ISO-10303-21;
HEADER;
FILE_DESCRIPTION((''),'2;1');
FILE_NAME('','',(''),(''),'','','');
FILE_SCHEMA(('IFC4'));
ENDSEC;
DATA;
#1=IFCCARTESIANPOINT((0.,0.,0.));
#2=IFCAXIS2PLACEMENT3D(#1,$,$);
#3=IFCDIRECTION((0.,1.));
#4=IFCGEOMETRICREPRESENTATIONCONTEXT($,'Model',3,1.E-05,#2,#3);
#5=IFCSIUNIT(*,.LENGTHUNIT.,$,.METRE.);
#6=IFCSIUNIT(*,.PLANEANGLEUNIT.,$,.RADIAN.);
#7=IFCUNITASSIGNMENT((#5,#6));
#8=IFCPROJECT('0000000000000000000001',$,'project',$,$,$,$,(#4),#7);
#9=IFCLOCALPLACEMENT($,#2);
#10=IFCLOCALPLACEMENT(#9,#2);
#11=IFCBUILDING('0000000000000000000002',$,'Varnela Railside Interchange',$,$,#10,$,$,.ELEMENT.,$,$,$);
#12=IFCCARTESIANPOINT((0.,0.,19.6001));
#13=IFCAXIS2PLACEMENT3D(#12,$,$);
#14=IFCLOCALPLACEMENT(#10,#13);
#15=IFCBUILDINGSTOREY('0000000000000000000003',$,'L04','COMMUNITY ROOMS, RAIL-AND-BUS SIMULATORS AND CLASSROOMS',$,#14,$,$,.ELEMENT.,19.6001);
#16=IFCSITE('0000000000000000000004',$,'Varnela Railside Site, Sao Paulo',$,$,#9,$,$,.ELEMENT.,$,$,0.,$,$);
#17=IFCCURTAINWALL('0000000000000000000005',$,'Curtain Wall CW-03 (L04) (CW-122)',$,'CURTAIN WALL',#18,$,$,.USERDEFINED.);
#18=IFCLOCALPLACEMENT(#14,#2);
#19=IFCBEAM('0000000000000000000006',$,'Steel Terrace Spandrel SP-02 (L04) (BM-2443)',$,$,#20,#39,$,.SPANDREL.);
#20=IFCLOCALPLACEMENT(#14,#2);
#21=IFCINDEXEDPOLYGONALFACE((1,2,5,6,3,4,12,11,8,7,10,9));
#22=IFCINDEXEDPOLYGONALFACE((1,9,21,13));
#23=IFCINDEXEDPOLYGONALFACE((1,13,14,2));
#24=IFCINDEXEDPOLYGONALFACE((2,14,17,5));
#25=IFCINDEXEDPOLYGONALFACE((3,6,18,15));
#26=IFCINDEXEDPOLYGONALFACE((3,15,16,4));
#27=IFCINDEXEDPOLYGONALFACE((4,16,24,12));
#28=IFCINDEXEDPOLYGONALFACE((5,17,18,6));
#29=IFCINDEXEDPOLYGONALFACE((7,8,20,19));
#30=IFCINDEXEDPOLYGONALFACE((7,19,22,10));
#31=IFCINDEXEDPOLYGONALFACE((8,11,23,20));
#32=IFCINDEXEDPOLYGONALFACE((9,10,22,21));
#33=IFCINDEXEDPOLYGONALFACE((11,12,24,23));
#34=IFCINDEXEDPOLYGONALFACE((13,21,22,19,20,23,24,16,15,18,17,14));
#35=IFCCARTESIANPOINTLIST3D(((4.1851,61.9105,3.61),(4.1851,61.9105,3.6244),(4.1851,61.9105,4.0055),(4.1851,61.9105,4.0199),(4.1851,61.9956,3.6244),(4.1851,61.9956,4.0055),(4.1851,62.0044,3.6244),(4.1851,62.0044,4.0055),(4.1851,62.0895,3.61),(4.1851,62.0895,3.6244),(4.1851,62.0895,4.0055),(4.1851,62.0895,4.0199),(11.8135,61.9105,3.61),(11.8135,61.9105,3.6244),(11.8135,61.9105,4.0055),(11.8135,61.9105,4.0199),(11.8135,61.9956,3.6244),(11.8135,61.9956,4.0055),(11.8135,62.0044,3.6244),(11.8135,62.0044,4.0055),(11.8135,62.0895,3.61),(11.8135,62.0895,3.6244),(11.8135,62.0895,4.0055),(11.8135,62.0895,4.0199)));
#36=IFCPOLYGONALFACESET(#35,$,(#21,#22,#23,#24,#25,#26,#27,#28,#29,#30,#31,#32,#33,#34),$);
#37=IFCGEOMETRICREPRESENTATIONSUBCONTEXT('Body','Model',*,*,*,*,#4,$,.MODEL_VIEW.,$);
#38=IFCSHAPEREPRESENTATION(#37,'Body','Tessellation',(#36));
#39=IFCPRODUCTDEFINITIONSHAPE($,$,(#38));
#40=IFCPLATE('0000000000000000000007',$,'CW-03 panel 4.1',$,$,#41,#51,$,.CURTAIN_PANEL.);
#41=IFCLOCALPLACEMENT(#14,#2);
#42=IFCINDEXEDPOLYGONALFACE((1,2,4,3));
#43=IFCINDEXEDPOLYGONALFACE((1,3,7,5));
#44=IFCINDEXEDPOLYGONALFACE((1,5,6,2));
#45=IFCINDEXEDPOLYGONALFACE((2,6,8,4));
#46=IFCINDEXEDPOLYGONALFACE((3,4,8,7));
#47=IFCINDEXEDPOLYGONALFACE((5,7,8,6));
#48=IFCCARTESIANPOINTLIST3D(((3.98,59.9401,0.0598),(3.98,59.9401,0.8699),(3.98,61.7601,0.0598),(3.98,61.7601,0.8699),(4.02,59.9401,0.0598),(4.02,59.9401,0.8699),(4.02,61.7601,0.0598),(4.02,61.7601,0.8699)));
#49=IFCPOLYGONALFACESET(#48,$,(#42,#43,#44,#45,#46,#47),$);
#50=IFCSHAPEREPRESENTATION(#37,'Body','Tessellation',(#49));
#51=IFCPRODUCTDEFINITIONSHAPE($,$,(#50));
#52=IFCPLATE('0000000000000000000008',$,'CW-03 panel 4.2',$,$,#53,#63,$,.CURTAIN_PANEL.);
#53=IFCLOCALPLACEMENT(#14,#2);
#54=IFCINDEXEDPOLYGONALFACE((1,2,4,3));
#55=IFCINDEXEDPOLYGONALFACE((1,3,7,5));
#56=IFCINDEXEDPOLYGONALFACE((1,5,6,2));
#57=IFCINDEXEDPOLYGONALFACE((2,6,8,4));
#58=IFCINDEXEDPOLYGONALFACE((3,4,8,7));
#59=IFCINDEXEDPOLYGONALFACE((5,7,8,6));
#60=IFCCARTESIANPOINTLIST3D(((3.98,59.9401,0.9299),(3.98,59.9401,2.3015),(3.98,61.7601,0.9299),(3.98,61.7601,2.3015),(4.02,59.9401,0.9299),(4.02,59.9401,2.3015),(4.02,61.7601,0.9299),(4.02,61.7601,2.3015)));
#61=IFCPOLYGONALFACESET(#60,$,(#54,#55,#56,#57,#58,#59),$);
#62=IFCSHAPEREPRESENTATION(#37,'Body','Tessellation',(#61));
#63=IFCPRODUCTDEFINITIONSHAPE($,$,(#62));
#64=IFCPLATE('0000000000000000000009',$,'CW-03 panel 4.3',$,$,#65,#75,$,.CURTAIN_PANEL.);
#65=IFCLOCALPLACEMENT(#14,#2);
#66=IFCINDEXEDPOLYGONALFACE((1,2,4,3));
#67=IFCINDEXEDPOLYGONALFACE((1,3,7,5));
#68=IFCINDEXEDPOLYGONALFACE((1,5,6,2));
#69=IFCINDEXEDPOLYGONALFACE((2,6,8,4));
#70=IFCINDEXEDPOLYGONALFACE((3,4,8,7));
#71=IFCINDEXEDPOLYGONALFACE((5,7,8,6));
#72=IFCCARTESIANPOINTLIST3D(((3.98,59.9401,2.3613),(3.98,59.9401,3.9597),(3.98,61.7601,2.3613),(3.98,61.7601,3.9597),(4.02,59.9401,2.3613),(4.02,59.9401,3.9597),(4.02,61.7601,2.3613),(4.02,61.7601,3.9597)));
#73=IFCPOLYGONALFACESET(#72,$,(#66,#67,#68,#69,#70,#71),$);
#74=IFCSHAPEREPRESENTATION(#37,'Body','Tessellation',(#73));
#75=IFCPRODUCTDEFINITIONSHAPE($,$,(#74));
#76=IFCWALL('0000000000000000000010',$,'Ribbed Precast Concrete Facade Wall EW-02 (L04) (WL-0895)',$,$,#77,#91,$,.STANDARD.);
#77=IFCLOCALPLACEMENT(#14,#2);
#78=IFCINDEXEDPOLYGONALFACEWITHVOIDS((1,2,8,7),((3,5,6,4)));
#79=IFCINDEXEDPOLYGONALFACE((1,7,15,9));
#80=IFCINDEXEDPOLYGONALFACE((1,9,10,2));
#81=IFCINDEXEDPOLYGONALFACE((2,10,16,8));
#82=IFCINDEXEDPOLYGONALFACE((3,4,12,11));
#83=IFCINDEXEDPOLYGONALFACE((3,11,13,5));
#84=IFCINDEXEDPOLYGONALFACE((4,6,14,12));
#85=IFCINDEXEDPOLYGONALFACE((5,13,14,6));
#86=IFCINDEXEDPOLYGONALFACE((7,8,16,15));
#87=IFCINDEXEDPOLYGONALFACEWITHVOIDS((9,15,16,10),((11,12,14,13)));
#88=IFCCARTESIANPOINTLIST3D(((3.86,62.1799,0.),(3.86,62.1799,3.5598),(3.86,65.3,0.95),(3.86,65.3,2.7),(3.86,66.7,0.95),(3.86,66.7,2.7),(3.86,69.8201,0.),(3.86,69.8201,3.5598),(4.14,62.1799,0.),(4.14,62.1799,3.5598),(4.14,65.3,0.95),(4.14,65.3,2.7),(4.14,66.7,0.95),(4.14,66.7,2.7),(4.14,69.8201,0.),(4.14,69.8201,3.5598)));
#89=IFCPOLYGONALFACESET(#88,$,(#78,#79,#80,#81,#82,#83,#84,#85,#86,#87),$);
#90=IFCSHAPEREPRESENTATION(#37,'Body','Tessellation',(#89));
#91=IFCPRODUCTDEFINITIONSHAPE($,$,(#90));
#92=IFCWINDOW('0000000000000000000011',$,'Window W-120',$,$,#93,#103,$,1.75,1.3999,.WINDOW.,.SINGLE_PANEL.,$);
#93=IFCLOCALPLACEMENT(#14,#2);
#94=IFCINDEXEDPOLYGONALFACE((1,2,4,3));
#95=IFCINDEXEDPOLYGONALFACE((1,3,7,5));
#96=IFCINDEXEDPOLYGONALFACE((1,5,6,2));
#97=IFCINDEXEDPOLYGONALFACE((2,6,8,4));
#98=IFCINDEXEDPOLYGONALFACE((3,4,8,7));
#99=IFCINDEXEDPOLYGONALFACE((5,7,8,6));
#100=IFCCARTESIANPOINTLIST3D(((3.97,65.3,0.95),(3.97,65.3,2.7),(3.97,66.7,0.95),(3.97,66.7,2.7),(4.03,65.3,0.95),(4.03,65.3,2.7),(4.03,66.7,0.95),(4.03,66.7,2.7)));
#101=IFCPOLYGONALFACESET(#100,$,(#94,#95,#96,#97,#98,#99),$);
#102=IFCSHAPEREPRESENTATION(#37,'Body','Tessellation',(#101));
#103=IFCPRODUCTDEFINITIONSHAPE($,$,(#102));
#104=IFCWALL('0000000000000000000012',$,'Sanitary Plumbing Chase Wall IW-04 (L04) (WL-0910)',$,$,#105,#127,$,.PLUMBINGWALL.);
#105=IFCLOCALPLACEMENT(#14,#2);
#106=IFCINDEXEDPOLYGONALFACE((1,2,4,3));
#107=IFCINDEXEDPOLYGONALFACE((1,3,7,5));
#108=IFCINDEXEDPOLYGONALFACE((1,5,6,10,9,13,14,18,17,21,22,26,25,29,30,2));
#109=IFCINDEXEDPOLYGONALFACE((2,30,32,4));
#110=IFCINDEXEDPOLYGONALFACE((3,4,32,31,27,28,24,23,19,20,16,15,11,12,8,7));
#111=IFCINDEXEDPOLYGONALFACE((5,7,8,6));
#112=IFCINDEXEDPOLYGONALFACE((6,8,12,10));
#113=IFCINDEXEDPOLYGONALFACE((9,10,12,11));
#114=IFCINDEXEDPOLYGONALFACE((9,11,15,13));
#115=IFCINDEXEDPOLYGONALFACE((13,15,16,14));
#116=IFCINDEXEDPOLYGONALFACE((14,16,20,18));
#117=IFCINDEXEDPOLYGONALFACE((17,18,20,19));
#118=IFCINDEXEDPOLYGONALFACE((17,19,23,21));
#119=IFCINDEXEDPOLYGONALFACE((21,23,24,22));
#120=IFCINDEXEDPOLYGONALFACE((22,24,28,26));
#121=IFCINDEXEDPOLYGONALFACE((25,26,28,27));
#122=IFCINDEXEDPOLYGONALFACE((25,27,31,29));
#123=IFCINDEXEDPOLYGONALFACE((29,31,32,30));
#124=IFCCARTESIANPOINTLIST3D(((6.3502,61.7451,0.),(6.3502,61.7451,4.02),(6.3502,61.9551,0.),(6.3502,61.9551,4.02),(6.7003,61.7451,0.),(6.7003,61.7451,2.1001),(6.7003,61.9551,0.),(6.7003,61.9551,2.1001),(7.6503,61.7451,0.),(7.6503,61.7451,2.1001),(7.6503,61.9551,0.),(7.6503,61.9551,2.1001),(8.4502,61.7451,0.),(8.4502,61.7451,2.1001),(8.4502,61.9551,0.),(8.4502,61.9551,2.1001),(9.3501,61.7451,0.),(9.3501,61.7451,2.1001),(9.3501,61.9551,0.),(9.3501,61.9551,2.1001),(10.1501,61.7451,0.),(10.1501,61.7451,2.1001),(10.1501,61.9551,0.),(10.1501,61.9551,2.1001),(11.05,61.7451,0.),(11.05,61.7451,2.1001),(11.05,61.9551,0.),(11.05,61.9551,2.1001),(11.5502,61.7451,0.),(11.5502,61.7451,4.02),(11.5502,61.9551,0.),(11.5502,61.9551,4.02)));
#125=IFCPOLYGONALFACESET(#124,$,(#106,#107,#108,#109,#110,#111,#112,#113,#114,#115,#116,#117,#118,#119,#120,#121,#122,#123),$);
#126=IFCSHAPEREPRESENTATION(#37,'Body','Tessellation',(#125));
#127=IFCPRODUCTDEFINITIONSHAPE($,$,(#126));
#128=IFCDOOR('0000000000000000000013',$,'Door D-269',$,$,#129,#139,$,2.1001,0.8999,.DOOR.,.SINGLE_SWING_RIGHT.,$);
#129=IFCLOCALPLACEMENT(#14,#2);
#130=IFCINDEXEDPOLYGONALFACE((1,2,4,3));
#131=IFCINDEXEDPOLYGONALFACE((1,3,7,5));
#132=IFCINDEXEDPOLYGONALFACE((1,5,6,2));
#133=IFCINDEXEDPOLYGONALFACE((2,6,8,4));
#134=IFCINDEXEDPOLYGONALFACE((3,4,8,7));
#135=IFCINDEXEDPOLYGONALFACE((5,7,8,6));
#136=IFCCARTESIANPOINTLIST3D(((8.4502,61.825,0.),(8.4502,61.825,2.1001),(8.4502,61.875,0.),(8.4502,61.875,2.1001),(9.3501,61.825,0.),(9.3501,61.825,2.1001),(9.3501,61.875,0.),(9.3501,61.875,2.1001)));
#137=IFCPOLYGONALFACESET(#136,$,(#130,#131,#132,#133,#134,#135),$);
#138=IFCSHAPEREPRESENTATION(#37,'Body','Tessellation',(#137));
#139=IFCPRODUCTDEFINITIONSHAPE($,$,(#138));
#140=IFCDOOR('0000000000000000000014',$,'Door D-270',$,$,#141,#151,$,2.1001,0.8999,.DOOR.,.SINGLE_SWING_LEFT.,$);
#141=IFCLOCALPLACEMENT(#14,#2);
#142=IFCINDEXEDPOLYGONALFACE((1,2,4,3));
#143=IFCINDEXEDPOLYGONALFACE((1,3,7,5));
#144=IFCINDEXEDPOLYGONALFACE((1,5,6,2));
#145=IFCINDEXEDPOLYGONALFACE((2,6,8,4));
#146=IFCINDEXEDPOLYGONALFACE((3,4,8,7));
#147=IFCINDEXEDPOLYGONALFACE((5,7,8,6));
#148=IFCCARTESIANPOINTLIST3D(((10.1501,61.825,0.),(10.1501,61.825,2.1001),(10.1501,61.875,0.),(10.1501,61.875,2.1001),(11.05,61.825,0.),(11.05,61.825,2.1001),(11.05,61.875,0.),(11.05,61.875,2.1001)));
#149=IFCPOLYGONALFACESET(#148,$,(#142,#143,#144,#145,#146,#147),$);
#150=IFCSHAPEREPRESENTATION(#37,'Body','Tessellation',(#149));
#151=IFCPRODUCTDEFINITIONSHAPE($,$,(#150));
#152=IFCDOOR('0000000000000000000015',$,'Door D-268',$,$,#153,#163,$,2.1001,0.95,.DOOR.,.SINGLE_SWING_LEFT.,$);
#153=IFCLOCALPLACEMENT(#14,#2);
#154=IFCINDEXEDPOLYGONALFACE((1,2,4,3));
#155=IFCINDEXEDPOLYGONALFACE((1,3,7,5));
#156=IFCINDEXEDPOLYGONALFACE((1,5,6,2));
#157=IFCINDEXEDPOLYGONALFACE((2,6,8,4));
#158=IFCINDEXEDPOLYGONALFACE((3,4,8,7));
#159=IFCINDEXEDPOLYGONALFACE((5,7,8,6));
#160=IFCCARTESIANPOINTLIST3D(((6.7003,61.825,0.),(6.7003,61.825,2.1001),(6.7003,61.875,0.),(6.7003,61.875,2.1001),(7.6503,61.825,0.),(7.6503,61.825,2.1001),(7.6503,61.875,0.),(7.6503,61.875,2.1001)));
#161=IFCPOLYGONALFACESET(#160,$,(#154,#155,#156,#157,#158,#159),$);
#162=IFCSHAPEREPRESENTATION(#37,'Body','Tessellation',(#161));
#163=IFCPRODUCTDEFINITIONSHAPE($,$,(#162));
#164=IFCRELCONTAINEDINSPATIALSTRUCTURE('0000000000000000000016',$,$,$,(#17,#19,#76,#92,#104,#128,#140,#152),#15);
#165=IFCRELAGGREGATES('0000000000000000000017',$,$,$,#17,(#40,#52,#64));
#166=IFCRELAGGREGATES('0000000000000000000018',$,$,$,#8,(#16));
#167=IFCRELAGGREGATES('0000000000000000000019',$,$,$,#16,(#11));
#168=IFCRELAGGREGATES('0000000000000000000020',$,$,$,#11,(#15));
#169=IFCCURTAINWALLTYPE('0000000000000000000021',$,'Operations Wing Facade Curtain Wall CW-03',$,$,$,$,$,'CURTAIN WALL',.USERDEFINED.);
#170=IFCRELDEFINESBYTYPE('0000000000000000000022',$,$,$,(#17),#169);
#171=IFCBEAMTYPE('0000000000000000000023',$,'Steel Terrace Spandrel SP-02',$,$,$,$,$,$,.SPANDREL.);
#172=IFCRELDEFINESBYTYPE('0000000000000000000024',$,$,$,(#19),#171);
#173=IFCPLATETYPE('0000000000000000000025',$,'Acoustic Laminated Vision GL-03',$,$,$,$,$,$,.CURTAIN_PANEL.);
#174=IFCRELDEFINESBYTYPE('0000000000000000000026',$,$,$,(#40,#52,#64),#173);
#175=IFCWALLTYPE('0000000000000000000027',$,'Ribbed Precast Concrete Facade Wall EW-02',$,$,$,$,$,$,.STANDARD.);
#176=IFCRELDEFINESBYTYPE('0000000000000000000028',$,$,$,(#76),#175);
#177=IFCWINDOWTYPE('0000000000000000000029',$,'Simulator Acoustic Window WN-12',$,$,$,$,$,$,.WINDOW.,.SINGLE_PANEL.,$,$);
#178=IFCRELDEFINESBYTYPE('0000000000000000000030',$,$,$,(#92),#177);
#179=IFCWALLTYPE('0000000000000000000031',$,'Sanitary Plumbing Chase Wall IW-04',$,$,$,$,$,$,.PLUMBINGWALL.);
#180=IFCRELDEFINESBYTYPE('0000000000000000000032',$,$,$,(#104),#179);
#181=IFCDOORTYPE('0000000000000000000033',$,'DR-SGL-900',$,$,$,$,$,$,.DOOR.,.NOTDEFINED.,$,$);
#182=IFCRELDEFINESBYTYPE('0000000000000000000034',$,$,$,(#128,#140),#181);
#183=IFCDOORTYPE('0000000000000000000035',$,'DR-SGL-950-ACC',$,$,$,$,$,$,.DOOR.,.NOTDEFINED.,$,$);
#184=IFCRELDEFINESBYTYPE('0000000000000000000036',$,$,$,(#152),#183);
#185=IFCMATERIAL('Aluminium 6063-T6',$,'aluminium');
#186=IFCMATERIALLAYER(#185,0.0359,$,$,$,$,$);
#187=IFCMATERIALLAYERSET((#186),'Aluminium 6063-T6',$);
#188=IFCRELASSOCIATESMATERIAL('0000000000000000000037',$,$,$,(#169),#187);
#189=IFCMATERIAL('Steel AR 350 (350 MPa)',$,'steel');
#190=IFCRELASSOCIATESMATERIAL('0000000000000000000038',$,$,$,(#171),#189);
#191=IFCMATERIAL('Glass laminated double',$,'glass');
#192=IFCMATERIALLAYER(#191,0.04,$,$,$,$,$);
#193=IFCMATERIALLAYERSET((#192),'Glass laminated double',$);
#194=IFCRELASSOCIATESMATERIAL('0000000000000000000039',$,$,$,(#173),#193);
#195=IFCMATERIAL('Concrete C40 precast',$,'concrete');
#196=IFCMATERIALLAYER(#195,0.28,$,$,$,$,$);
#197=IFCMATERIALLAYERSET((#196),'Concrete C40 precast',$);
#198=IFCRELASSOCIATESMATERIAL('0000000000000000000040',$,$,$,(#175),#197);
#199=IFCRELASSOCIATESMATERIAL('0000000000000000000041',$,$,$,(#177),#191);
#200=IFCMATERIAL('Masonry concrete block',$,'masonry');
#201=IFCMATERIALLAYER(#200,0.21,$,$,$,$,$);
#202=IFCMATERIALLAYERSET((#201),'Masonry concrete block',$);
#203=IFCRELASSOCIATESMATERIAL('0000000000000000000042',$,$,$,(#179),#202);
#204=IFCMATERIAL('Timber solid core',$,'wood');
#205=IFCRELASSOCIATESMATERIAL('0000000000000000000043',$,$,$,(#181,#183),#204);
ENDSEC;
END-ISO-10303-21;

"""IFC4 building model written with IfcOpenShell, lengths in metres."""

from ifc_helpers import new_model, si_unit, direction, frame, frame_2d, origin, origin_2d, place, context, subcontext, project, spatial, rectangle, i_section, extrude, material, layer, layer_set, material_profile, profile_set, type_object, element, fill, aggregate, save


model = new_model("IFC4")

# Units and contexts
model_context = context("Model", 3, precision=1e-05, world=origin(), true_north=direction((0.0, 1.0)))
body_context = subcontext(model_context, "Body", "Model", "MODEL_VIEW")
ifc_project = project(units=[si_unit("LENGTHUNIT", "METRE"), si_unit("PLANEANGLEUNIT", "RADIAN")], contexts=[model_context])

# Site, building, storey
site_placement = place(None, origin())
site = spatial("IfcSite", under=ifc_project, at=site_placement, Name="Varnela Railside Site, Sao Paulo", CompositionType="ELEMENT", RefElevation=0.0)
building_placement = place(site_placement, origin())
building = spatial("IfcBuilding", under=site, at=building_placement, Name="Varnela Railside Interchange", CompositionType="ELEMENT")
storey_placement = place(building_placement, frame((0.0, 0.0, 19.6001)))
storey = spatial("IfcBuildingStorey", under=building, at=storey_placement, Name="L04", Description="COMMUNITY ROOMS, RAIL-AND-BUS SIMULATORS AND CLASSROOMS", CompositionType="ELEMENT", Elevation=19.6001)

# Shared definitions
ifc_material_1 = material(Name="Steel AR 350 (350 MPa)", Category="steel")

# Curtain wall
ifc_material_2 = material(Name="Aluminium 6063-T6", Category="aluminium")
ifc_layer_1 = layer(ifc_material_2, 0.0359)
ifc_layer_set_1 = layer_set([ifc_layer_1], Name="Aluminium 6063-T6")
curtain_wall_type = type_object("IfcCurtainWallType", Name="Operations Wing Facade Curtain Wall CW-03", ElementType="CURTAIN WALL", PredefinedType="USERDEFINED", material=ifc_layer_set_1)
curtain_wall_placement = place(storey_placement, origin())
curtain_wall = element("IfcCurtainWall", 1, at=curtain_wall_placement, inside=storey, type_object=curtain_wall_type, Name="Curtain Wall CW-03 (L04) (CW-122)", ObjectType="CURTAIN WALL", PredefinedType="USERDEFINED")

# Beam
ifc_material_profile_1 = material_profile(ifc_material_1, i_section(OverallWidth=0.179, OverallDepth=0.4099, WebThickness=0.0088, FlangeThickness=0.0144, at=origin_2d()), Name="W410x67")
ifc_profile_set_1 = profile_set([ifc_material_profile_1], Name="Steel AR 350 (350 MPa)")
beam_type_1 = type_object("IfcBeamType", Name="Steel Terrace Spandrel SP-02", PredefinedType="SPANDREL", material=ifc_profile_set_1)
beam_1_placement = place(storey_placement, frame((4.1851, 62.0, 3.8149), z_axis=(1.0, 0.0, 0.0), x_axis=(0.0, 1.0, 0.0)))
element("IfcBeam", 2, at=beam_1_placement, inside=storey, type_object=beam_type_1, Name="Steel Terrace Spandrel SP-02 (L04) (BM-2443)", PredefinedType="SPANDREL", context=body_context, shape_type="SweptSolid", body=[
    extrude(i_section(OverallWidth=0.179, OverallDepth=0.4099, WebThickness=0.0088, FlangeThickness=0.0144, at=origin_2d()), origin(), (0.0, 0.0, 1.0), 7.6284),
])

# Plates
ifc_material_3 = material(Name="Glass laminated double", Category="glass")
ifc_layer_2 = layer(ifc_material_3, 0.04)
ifc_layer_set_2 = layer_set([ifc_layer_2], Name="Glass laminated double")
plate_type = type_object("IfcPlateType", Name="Acoustic Laminated Vision GL-03", PredefinedType="CURTAIN_PANEL", material=ifc_layer_set_2)
plate_1_placement = place(storey_placement, frame((4.0, 60.8501, 0.0598), z_axis=(0.0, 0.0, 1.0), x_axis=(0.0, 1.0, 0.0)))
plate_1 = element("IfcPlate", 3, at=plate_1_placement, type_object=plate_type, Name="CW-03 panel 4.1", PredefinedType="CURTAIN_PANEL", context=body_context, shape_type="SweptSolid", body=[
    extrude(rectangle(XDim=1.8201, YDim=0.04, at=origin_2d()), origin(), (0.0, 0.0, 1.0), 0.8101),
])
plate_2_placement = place(storey_placement, frame((4.0, 60.8501, 0.9299), z_axis=(0.0, 0.0, 1.0), x_axis=(0.0, 1.0, 0.0)))
plate_2 = element("IfcPlate", 4, at=plate_2_placement, type_object=plate_type, Name="CW-03 panel 4.2", PredefinedType="CURTAIN_PANEL", context=body_context, shape_type="SweptSolid", body=[
    extrude(rectangle(XDim=1.8201, YDim=0.04, at=origin_2d()), origin(), (0.0, 0.0, 1.0), 1.3716),
])
plate_3_placement = place(storey_placement, frame((4.0, 60.8501, 2.3613), z_axis=(0.0, 0.0, 1.0), x_axis=(0.0, 1.0, 0.0)))
plate_3 = element("IfcPlate", 5, at=plate_3_placement, type_object=plate_type, Name="CW-03 panel 4.3", PredefinedType="CURTAIN_PANEL", context=body_context, shape_type="SweptSolid", body=[
    extrude(rectangle(XDim=1.8201, YDim=0.04, at=origin_2d()), origin(), (0.0, 0.0, 1.0), 1.5984),
])
aggregate(curtain_wall, [plate_1, plate_2, plate_3])

# Wall, opening, window
ifc_material_4 = material(Name="Concrete C40 precast", Category="concrete")
ifc_layer_3 = layer(ifc_material_4, 0.28)
ifc_layer_set_3 = layer_set([ifc_layer_3], Name="Concrete C40 precast")
wall_type_1 = type_object("IfcWallType", Name="Ribbed Precast Concrete Facade Wall EW-02", PredefinedType="STANDARD", material=ifc_layer_set_3)
wall_1_placement = place(storey_placement, frame((4.0, 62.1799, 0.0), z_axis=(0.0, 0.0, 1.0), x_axis=(0.0, 1.0, 0.0)))
wall_1 = element("IfcWall", 6, at=wall_1_placement, inside=storey, type_object=wall_type_1, Name="Ribbed Precast Concrete Facade Wall EW-02 (L04) (WL-0895)", PredefinedType="STANDARD", context=body_context, shape_type="SweptSolid", body=[
    extrude(rectangle(XDim=7.6401, YDim=0.28, at=frame_2d((3.8201, 0.0))), origin(), (0.0, 0.0, 1.0), 3.5598),
])
opening_1_placement = place(wall_1_placement, frame((3.1201, 0.0, 0.95)))
opening_1 = element("IfcOpeningElement", 7, at=opening_1_placement, cuts=wall_1, PredefinedType="OPENING", context=body_context, shape_type="SweptSolid", body=[
    extrude(rectangle(XDim=1.3999, YDim=1.75, at=frame_2d((0.7, 0.875))), frame((0.0, 0.1499, 0.0), z_axis=(0.0, -1.0, 0.0), x_axis=(1.0, 0.0, 0.0)), (0.0, 0.0, 1.0), 0.3),
])
window_type = type_object("IfcWindowType", Name="Simulator Acoustic Window WN-12", PartitioningType="SINGLE_PANEL", PredefinedType="WINDOW", material=ifc_material_3)
window_placement = place(opening_1_placement, origin())
window = element("IfcWindow", 8, at=window_placement, inside=storey, type_object=window_type, Name="Window W-120", OverallHeight=1.75, OverallWidth=1.3999, PartitioningType="SINGLE_PANEL", PredefinedType="WINDOW", context=body_context, shape_type="SweptSolid", body=[
    extrude(rectangle(XDim=1.3999, YDim=1.75, at=frame_2d((0.7, 0.875))), frame((0.0, 0.03, 0.0), z_axis=(0.0, -1.0, 0.0), x_axis=(1.0, 0.0, 0.0)), (0.0, 0.0, 1.0), 0.0601),
])
fill(opening_1, window)

# Wall, openings, doors
ifc_material_5 = material(Name="Masonry concrete block", Category="masonry")
ifc_layer_4 = layer(ifc_material_5, 0.21)
ifc_layer_set_4 = layer_set([ifc_layer_4], Name="Masonry concrete block")
wall_type_2 = type_object("IfcWallType", Name="Sanitary Plumbing Chase Wall IW-04", PredefinedType="PLUMBINGWALL", material=ifc_layer_set_4)
wall_2_placement = place(storey_placement, frame((6.3501, 61.8501, 0.0), z_axis=(0.0, 0.0, 1.0), x_axis=(1.0, 0.0, 0.0)))
wall_2 = element("IfcWall", 9, at=wall_2_placement, inside=storey, type_object=wall_type_2, Name="Sanitary Plumbing Chase Wall IW-04 (L04) (WL-0910)", PredefinedType="PLUMBINGWALL", context=body_context, shape_type="SweptSolid", body=[
    extrude(rectangle(XDim=5.2, YDim=0.21, at=frame_2d((2.6001, 0.0))), origin(), (0.0, 0.0, 1.0), 4.02),
])
opening_2_placement = place(wall_2_placement, frame((0.3501, 0.0, 0.0)))
opening_2 = element("IfcOpeningElement", 10, at=opening_2_placement, cuts=wall_2, PredefinedType="OPENING", context=body_context, shape_type="SweptSolid", body=[
    extrude(rectangle(XDim=0.95, YDim=2.1001, at=frame_2d((0.4751, 1.05))), frame((0.0, 0.115, 0.0), z_axis=(0.0, -1.0, 0.0), x_axis=(1.0, 0.0, 0.0)), (0.0, 0.0, 1.0), 0.23),
])
opening_3_placement = place(wall_2_placement, frame((2.1001, 0.0, 0.0)))
opening_3 = element("IfcOpeningElement", 11, at=opening_3_placement, cuts=wall_2, PredefinedType="OPENING", context=body_context, shape_type="SweptSolid", body=[
    extrude(rectangle(XDim=0.8999, YDim=2.1001, at=frame_2d((0.45, 1.05))), frame((0.0, 0.115, 0.0), z_axis=(0.0, -1.0, 0.0), x_axis=(1.0, 0.0, 0.0)), (0.0, 0.0, 1.0), 0.23),
])
opening_4_placement = place(wall_2_placement, frame((3.8, 0.0, 0.0)))
opening_4 = element("IfcOpeningElement", 12, at=opening_4_placement, cuts=wall_2, PredefinedType="OPENING", context=body_context, shape_type="SweptSolid", body=[
    extrude(rectangle(XDim=0.8999, YDim=2.1001, at=frame_2d((0.45, 1.05))), frame((0.0, 0.115, 0.0), z_axis=(0.0, -1.0, 0.0), x_axis=(1.0, 0.0, 0.0)), (0.0, 0.0, 1.0), 0.23),
])
ifc_material_6 = material(Name="Timber solid core", Category="wood")
door_type_1 = type_object("IfcDoorType", Name="DR-SGL-900", OperationType="NOTDEFINED", PredefinedType="DOOR", material=ifc_material_6)
door_1_placement = place(opening_3_placement, origin())
door_1 = element("IfcDoor", 13, at=door_1_placement, inside=storey, type_object=door_type_1, Name="Door D-269", OperationType="SINGLE_SWING_RIGHT", OverallHeight=2.1001, OverallWidth=0.8999, PredefinedType="DOOR", context=body_context, shape_type="SweptSolid", body=[
    extrude(rectangle(XDim=0.8999, YDim=2.1001, at=frame_2d((0.45, 1.05))), frame((0.0, 0.0249, 0.0), z_axis=(0.0, -1.0, 0.0), x_axis=(1.0, 0.0, 0.0)), (0.0, 0.0, 1.0), 0.05),
])
fill(opening_3, door_1)
door_2_placement = place(opening_4_placement, origin())
door_2 = element("IfcDoor", 14, at=door_2_placement, inside=storey, type_object=door_type_1, Name="Door D-270", OperationType="SINGLE_SWING_LEFT", OverallHeight=2.1001, OverallWidth=0.8999, PredefinedType="DOOR", context=body_context, shape_type="SweptSolid", body=[
    extrude(rectangle(XDim=0.8999, YDim=2.1001, at=frame_2d((0.45, 1.05))), frame((0.0, 0.0249, 0.0), z_axis=(0.0, -1.0, 0.0), x_axis=(1.0, 0.0, 0.0)), (0.0, 0.0, 1.0), 0.05),
])
fill(opening_4, door_2)
door_type_2 = type_object("IfcDoorType", Name="DR-SGL-950-ACC", OperationType="NOTDEFINED", PredefinedType="DOOR", material=ifc_material_6)
door_3_placement = place(opening_2_placement, origin())
door_3 = element("IfcDoor", 15, at=door_3_placement, inside=storey, type_object=door_type_2, Name="Door D-268", OperationType="SINGLE_SWING_LEFT", OverallHeight=2.1001, OverallWidth=0.95, PredefinedType="DOOR", context=body_context, shape_type="SweptSolid", body=[
    extrude(rectangle(XDim=0.95, YDim=2.1001, at=frame_2d((0.4751, 1.05))), frame((0.0, 0.0249, 0.0), z_axis=(0.0, -1.0, 0.0), x_axis=(1.0, 0.0, 0.0)), (0.0, 0.0, 1.0), 0.05),
])
fill(opening_2, door_3)

save(model, "model.ifc")
